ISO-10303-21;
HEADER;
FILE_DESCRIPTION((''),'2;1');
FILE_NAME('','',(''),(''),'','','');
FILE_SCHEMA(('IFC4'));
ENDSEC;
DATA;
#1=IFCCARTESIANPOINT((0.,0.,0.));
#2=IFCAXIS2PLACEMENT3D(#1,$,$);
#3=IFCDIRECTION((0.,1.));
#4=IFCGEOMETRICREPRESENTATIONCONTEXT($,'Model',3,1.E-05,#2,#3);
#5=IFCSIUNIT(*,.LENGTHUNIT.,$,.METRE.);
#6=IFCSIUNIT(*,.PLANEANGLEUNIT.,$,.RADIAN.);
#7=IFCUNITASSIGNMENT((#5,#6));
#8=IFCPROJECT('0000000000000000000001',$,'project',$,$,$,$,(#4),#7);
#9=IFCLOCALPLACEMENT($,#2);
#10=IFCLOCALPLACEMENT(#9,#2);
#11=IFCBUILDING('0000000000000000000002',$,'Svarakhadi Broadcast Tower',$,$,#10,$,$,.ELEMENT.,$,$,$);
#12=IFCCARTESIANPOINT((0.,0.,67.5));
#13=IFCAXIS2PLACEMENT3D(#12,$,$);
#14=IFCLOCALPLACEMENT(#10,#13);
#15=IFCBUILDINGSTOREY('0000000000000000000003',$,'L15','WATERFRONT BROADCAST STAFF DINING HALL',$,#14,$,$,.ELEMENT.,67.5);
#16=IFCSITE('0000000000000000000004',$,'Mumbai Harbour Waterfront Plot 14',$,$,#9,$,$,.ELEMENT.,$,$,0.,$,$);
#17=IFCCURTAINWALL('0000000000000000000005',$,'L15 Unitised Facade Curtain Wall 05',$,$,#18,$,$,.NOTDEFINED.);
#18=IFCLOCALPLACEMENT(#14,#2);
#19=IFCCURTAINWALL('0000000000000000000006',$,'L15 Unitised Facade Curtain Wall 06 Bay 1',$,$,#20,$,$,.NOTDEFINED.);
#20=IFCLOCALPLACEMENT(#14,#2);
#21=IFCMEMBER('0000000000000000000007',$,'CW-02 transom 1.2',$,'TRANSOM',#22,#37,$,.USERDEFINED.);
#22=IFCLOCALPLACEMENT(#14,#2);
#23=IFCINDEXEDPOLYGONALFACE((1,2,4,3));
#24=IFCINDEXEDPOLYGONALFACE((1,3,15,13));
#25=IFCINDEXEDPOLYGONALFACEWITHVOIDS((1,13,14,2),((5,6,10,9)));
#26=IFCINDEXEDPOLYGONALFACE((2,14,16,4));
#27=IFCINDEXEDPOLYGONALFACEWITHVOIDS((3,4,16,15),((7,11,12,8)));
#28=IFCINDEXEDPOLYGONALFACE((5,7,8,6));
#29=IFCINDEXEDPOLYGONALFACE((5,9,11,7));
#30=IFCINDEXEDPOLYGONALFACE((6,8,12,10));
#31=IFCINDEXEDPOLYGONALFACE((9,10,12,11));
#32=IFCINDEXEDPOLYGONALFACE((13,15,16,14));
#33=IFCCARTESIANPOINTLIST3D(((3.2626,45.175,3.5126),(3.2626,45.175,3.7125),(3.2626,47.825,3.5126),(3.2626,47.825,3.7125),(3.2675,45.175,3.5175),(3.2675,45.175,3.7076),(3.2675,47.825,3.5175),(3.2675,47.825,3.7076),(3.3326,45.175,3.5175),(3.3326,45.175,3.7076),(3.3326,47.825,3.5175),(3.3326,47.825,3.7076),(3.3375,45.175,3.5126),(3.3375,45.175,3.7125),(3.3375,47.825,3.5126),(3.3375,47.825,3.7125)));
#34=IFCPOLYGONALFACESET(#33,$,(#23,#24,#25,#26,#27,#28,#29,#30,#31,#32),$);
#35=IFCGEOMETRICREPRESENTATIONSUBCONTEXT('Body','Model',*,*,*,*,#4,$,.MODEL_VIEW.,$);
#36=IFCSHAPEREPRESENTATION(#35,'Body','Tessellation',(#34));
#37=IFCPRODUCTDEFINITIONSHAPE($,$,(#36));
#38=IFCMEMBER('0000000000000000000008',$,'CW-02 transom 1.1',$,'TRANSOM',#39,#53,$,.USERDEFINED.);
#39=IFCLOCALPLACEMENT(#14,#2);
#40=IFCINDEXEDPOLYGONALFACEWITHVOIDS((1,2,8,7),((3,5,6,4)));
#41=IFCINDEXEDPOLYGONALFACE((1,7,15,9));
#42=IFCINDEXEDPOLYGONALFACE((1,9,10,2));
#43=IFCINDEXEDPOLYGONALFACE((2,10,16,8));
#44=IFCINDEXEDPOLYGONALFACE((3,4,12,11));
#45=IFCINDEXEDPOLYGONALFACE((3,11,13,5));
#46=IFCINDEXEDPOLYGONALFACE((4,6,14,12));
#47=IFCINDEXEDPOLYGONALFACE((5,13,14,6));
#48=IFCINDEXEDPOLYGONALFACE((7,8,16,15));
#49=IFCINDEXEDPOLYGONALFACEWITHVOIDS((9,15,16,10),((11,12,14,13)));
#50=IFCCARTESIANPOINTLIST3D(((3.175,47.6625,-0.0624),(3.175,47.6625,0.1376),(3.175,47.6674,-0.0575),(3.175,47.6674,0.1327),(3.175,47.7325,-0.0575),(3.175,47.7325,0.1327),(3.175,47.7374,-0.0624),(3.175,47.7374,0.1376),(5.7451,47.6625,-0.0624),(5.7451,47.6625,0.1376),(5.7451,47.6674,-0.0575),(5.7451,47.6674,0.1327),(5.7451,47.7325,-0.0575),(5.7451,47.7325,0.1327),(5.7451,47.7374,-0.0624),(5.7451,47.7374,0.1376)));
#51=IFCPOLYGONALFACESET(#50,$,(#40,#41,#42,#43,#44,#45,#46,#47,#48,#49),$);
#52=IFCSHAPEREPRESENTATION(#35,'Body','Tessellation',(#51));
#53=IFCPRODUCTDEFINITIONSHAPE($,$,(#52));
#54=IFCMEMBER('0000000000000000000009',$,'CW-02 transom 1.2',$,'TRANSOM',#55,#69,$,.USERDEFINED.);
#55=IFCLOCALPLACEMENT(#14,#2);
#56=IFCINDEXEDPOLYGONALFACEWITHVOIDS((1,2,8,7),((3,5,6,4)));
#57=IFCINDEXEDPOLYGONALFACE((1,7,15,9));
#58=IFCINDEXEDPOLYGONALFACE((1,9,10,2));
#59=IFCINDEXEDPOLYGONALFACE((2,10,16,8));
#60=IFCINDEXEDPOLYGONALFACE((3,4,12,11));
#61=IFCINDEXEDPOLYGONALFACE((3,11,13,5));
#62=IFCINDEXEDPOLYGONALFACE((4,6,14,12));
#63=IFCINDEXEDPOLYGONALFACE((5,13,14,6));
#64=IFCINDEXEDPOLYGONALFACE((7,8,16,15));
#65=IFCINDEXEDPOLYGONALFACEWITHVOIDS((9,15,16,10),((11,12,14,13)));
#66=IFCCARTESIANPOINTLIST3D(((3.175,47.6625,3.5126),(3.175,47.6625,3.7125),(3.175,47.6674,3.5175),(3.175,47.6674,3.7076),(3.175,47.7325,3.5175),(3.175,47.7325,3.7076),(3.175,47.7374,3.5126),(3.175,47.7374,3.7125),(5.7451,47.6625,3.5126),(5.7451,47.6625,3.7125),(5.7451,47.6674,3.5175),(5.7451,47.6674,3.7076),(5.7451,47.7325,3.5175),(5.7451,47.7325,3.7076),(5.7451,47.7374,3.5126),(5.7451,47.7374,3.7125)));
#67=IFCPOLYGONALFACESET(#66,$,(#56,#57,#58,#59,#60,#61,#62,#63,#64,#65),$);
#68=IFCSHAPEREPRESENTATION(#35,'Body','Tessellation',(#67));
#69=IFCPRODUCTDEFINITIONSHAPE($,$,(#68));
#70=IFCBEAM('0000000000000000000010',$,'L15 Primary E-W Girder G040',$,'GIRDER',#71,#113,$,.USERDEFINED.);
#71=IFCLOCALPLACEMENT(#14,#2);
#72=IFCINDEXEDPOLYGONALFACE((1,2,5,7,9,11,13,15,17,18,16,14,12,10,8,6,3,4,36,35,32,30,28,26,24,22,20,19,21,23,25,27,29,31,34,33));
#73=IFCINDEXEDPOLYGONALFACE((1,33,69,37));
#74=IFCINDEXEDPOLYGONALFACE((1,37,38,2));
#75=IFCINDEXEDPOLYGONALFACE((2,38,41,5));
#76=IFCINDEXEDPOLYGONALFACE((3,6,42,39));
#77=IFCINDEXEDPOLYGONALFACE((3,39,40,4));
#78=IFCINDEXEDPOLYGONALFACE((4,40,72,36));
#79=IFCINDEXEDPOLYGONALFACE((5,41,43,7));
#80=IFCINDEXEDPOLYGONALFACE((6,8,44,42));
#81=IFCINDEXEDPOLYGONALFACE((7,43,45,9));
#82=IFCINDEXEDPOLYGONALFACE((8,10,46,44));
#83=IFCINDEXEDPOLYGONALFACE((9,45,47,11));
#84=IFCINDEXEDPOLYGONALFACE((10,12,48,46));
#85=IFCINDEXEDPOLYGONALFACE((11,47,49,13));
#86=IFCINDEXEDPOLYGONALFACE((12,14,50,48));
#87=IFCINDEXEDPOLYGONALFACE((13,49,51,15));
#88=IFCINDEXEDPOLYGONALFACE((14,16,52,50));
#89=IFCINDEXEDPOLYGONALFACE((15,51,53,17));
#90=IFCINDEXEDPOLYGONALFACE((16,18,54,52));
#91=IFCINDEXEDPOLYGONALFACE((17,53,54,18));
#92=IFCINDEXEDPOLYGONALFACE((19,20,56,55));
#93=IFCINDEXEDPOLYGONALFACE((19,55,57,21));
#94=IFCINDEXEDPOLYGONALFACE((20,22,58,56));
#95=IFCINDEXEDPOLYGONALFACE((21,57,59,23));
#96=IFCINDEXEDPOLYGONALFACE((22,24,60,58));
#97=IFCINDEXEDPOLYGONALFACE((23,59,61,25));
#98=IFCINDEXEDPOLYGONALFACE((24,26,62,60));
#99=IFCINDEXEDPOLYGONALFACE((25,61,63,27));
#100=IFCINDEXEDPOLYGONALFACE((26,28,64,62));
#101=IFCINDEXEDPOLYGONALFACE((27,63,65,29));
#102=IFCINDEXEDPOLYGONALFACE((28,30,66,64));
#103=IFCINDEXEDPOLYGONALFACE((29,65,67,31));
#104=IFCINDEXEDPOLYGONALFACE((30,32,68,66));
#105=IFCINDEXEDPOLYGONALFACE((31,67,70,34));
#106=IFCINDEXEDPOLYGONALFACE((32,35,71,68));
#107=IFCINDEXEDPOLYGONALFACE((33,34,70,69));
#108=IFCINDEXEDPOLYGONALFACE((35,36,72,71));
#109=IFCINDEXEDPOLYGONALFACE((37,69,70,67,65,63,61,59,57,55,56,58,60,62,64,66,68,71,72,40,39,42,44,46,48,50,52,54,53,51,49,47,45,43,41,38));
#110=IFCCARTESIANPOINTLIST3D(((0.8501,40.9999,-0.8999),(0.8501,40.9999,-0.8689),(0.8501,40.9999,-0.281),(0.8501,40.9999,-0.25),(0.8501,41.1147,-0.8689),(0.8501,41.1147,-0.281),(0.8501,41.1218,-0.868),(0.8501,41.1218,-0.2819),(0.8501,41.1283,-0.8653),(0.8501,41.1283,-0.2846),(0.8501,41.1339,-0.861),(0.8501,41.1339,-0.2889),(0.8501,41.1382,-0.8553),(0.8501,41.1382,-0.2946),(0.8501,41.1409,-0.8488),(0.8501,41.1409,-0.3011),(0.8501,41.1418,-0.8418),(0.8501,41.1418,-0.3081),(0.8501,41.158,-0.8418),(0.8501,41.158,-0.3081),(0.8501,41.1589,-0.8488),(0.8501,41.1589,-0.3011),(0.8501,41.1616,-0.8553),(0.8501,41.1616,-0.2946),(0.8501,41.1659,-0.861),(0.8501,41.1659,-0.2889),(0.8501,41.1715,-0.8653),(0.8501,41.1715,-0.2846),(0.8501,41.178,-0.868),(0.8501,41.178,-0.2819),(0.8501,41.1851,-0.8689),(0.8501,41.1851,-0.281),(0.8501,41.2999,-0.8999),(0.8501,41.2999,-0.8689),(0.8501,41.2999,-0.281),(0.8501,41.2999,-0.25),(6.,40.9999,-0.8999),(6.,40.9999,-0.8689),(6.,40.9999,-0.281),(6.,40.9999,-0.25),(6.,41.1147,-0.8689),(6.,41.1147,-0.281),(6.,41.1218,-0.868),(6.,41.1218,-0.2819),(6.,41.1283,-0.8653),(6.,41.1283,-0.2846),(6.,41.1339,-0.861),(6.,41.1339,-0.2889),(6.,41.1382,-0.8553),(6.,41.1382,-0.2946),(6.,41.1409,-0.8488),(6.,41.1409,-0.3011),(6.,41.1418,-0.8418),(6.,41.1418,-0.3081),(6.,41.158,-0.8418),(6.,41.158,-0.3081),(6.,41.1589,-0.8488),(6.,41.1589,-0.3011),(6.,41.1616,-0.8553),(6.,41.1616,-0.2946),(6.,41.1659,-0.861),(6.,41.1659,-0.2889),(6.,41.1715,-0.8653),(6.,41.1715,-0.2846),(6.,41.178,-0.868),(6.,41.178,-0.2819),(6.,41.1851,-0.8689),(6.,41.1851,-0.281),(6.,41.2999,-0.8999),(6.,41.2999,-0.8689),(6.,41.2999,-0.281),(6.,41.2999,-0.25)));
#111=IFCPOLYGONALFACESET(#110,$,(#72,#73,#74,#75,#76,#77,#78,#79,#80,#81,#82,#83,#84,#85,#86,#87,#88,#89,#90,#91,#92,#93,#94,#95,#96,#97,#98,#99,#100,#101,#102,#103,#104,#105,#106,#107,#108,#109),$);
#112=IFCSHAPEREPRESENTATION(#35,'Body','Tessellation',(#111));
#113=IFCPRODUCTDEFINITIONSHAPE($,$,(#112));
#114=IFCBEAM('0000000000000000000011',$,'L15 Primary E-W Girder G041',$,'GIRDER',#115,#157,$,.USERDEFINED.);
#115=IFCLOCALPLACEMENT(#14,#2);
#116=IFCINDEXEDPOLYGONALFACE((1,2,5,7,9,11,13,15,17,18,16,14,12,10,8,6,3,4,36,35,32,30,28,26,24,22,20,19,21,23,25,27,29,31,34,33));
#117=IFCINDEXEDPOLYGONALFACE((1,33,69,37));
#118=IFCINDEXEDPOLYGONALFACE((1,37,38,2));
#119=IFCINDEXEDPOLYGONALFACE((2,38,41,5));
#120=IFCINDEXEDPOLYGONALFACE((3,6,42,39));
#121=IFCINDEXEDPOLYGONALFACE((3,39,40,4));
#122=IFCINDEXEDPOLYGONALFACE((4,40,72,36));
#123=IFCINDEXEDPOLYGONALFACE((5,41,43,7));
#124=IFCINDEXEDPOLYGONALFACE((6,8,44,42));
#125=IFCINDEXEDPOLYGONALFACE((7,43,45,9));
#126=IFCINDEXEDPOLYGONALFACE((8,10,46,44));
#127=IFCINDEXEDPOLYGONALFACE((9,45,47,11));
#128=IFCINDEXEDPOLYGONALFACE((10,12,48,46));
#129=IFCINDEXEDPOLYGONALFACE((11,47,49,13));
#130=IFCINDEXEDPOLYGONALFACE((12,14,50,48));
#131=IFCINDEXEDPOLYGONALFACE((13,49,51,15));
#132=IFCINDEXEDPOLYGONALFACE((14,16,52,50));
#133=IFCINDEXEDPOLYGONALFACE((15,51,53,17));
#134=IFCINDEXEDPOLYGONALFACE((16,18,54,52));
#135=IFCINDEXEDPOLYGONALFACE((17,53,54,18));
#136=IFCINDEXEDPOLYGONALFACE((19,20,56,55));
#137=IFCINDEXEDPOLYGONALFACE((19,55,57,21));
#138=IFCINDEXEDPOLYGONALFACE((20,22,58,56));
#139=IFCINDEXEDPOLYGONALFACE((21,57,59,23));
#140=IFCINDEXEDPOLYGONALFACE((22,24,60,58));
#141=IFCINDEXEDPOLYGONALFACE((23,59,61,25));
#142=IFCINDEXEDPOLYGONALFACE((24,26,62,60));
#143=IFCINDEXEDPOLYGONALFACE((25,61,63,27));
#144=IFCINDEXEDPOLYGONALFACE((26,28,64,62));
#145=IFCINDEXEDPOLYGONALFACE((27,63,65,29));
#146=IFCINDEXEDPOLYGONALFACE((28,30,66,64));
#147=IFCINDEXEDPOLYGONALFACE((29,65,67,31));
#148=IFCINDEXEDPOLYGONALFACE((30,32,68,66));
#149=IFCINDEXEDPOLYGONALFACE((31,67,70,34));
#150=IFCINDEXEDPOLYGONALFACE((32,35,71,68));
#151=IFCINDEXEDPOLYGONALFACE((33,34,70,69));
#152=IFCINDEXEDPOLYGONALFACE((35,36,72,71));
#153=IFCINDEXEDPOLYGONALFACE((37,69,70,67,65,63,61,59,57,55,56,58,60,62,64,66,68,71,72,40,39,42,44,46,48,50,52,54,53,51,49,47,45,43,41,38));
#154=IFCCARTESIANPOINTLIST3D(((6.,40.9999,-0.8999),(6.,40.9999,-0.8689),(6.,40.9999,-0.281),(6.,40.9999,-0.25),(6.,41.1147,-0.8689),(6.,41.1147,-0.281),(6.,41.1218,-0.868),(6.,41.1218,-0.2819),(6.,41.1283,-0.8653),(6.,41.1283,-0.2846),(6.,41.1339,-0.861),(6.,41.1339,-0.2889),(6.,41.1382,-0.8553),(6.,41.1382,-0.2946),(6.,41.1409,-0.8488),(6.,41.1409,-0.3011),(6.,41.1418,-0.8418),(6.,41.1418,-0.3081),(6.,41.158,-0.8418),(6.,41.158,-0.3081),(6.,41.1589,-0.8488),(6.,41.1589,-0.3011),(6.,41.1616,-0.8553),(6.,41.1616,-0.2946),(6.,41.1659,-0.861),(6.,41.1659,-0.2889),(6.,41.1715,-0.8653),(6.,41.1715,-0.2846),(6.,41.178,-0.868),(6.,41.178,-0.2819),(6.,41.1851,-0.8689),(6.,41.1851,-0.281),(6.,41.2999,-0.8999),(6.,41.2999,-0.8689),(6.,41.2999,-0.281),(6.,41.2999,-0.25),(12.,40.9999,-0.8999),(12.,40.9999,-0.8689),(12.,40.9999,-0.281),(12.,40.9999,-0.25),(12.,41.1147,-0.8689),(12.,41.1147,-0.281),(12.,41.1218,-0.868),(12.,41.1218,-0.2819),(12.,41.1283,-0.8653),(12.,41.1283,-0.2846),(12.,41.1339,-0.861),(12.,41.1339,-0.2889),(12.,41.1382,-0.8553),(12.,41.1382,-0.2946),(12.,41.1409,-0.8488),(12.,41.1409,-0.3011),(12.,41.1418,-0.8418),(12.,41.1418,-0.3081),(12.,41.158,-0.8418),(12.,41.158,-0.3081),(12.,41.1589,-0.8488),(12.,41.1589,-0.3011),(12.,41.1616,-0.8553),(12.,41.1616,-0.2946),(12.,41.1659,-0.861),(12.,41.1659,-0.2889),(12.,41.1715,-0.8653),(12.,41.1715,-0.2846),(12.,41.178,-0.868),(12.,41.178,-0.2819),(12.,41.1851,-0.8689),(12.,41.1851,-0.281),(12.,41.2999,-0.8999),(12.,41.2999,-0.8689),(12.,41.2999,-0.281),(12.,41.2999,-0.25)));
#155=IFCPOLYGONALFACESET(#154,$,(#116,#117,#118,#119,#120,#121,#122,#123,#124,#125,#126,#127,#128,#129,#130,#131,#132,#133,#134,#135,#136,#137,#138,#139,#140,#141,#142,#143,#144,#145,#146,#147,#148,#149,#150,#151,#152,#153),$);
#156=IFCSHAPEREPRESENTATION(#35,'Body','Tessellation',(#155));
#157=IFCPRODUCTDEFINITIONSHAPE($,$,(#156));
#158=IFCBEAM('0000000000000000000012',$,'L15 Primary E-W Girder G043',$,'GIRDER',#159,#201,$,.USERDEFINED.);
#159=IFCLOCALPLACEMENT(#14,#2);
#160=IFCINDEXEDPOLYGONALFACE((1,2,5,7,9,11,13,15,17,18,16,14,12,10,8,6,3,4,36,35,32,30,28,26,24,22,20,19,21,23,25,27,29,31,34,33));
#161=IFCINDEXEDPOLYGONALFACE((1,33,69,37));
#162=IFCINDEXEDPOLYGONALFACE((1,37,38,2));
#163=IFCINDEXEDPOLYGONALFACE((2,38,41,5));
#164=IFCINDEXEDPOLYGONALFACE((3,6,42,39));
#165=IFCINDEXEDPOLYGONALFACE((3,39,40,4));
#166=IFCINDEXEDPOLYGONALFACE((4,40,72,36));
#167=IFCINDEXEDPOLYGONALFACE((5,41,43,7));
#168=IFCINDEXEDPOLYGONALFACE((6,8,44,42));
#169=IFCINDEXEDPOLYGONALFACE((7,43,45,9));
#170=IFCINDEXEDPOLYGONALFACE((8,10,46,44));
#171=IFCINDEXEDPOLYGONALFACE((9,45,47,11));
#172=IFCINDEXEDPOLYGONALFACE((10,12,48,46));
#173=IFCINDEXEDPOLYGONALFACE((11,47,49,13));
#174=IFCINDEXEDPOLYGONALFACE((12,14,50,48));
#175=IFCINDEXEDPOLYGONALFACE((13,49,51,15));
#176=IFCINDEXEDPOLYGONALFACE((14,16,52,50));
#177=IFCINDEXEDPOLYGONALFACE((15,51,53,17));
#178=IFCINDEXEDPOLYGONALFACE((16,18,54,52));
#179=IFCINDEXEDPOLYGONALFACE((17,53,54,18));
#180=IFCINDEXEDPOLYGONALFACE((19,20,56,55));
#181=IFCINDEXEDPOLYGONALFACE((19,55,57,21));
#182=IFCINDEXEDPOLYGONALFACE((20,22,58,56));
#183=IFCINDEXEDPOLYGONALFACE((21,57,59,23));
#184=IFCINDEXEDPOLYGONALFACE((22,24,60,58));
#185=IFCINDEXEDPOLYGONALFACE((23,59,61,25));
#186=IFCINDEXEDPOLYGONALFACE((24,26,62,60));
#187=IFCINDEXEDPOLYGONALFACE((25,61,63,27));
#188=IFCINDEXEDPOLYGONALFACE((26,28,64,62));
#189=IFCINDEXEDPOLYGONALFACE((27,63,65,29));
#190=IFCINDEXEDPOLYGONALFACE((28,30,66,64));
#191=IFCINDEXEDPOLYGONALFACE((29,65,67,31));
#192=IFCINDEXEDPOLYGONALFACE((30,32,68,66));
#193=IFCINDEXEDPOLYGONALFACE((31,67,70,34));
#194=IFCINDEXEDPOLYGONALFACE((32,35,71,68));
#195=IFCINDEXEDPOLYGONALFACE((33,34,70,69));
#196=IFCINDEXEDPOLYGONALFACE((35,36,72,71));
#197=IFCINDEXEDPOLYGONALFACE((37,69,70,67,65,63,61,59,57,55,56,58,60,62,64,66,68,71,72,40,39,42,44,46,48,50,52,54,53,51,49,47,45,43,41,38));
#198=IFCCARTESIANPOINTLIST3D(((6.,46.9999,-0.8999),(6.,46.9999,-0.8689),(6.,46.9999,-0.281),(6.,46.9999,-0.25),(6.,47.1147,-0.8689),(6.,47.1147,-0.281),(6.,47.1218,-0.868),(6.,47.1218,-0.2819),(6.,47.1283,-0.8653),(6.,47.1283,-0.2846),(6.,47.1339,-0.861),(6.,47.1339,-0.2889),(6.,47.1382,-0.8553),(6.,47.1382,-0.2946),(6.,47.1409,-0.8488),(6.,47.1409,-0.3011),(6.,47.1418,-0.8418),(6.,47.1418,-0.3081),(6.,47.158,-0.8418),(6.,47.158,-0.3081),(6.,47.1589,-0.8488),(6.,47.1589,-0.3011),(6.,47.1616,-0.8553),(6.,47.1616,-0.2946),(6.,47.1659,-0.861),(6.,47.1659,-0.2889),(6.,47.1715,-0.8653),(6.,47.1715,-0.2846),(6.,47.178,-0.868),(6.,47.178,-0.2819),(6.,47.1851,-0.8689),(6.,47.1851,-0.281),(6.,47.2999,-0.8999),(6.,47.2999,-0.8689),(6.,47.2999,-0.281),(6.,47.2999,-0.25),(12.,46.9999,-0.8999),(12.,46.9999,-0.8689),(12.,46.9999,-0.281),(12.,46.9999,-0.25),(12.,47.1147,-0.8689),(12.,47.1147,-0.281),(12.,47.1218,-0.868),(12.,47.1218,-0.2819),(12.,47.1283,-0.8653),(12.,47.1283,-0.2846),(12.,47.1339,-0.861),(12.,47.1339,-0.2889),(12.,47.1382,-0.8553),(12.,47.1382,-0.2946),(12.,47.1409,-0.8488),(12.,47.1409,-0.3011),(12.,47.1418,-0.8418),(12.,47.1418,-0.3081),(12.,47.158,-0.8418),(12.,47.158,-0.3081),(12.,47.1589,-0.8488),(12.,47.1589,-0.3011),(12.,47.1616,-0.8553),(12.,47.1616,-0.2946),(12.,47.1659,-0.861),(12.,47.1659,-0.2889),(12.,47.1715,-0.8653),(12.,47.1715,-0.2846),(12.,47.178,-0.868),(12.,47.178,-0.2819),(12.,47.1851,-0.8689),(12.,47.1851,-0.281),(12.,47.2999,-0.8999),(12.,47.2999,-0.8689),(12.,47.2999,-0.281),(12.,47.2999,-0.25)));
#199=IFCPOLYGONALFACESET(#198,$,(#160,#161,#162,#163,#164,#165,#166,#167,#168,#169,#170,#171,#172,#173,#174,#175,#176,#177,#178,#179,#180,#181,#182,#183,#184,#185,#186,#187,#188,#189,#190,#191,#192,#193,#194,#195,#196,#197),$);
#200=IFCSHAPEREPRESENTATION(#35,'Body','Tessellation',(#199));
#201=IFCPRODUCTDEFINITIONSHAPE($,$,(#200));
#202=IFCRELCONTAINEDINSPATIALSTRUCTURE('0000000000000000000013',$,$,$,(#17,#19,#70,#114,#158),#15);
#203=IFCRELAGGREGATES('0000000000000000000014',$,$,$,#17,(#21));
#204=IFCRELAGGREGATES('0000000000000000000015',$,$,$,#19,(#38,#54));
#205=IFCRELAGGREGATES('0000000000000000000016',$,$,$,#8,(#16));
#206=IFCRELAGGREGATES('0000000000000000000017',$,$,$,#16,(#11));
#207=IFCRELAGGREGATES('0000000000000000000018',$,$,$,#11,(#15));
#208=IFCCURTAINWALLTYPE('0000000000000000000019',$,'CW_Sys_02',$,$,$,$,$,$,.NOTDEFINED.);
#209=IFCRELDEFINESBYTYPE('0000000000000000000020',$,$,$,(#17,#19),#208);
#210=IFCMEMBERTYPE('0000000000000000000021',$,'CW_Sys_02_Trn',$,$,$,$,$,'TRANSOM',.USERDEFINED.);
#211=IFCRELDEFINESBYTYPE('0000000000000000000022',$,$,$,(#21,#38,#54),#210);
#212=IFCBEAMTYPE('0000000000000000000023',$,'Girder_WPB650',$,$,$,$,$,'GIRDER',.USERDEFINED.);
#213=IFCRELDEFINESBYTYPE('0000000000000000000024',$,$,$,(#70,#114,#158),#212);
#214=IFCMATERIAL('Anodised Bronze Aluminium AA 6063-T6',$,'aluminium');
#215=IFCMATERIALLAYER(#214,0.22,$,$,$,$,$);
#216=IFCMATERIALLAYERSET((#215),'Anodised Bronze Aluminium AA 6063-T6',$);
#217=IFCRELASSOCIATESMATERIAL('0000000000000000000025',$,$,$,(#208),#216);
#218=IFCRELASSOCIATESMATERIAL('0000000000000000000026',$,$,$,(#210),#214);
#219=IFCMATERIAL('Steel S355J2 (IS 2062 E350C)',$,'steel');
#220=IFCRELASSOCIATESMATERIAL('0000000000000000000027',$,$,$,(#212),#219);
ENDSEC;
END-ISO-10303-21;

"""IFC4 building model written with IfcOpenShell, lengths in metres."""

from ifc_helpers import new_model, si_unit, direction, frame, origin, origin_2d, place, context, subcontext, project, spatial, hollow_rectangle, i_section, extrude, material, layer, layer_set, material_profile, profile_set, type_object, element, aggregate, save


model = new_model("IFC4")

# Units and contexts
model_context = context("Model", 3, precision=1e-05, world=origin(), true_north=direction((0.0, 1.0)))
body_context = subcontext(model_context, "Body", "Model", "MODEL_VIEW")
ifc_project = project(units=[si_unit("LENGTHUNIT", "METRE"), si_unit("PLANEANGLEUNIT", "RADIAN")], contexts=[model_context])

# Site, building, storey
site_placement = place(None, origin())
site = spatial("IfcSite", under=ifc_project, at=site_placement, Name="Mumbai Harbour Waterfront Plot 14", CompositionType="ELEMENT", RefElevation=0.0)
building_placement = place(site_placement, origin())
building = spatial("IfcBuilding", under=site, at=building_placement, Name="Svarakhadi Broadcast Tower", CompositionType="ELEMENT")
storey_placement = place(building_placement, frame((0.0, 0.0, 67.5)))
storey = spatial("IfcBuildingStorey", under=building, at=storey_placement, Name="L15", Description="WATERFRONT BROADCAST STAFF DINING HALL", CompositionType="ELEMENT", Elevation=67.5)

# Shared definitions
ifc_material_1 = material(Name="Steel S355J2 (IS 2062 E350C)", Category="steel")

# Curtain walls
ifc_material_2 = material(Name="Anodised Bronze Aluminium AA 6063-T6", Category="aluminium")
ifc_layer_1 = layer(ifc_material_2, 0.22)
ifc_layer_set_1 = layer_set([ifc_layer_1], Name="Anodised Bronze Aluminium AA 6063-T6")
curtain_wall_type = type_object("IfcCurtainWallType", Name="CW_Sys_02", PredefinedType="NOTDEFINED", material=ifc_layer_set_1)
curtain_wall_1_placement = place(storey_placement, origin())
curtain_wall_1 = element("IfcCurtainWall", 1, at=curtain_wall_1_placement, inside=storey, type_object=curtain_wall_type, Name="L15 Unitised Facade Curtain Wall 05", PredefinedType="NOTDEFINED")
curtain_wall_2_placement = place(storey_placement, origin())
curtain_wall_2 = element("IfcCurtainWall", 2, at=curtain_wall_2_placement, inside=storey, type_object=curtain_wall_type, Name="L15 Unitised Facade Curtain Wall 06 Bay 1", PredefinedType="NOTDEFINED")

# Members
ifc_material_profile_1 = material_profile(ifc_material_2, hollow_rectangle(XDim=0.075, YDim=0.2, WallThickness=0.0049, at=origin_2d()), Name="ALU TRANSOM 200x75x5")
ifc_profile_set_1 = profile_set([ifc_material_profile_1], Name="Anodised Bronze Aluminium AA 6063-T6")
member_type_1 = type_object("IfcMemberType", Name="CW_Sys_02_Trn", ElementType="TRANSOM", PredefinedType="USERDEFINED", material=ifc_profile_set_1)
member_1_placement = place(storey_placement, frame((3.3, 45.175, 3.6125), z_axis=(0.0, 1.0, 0.0), x_axis=(-1.0, 0.0, 0.0)))
member_1 = element("IfcMember", 3, at=member_1_placement, type_object=member_type_1, Name="CW-02 transom 1.2", ObjectType="TRANSOM", PredefinedType="USERDEFINED", context=body_context, shape_type="SweptSolid", body=[
    extrude(hollow_rectangle(XDim=0.075, YDim=0.2, WallThickness=0.0049, at=origin_2d()), origin(), (0.0, 0.0, 1.0), 2.6499),
])
member_2_placement = place(storey_placement, frame((3.175, 47.7, 0.0376), z_axis=(1.0, 0.0, 0.0), x_axis=(0.0, 1.0, 0.0)))
member_2 = element("IfcMember", 4, at=member_2_placement, type_object=member_type_1, Name="CW-02 transom 1.1", ObjectType="TRANSOM", PredefinedType="USERDEFINED", context=body_context, shape_type="SweptSolid", body=[
    extrude(hollow_rectangle(XDim=0.075, YDim=0.2, WallThickness=0.0049, at=origin_2d()), origin(), (0.0, 0.0, 1.0), 2.5701),
])
member_3_placement = place(storey_placement, frame((3.175, 47.7, 3.6125), z_axis=(1.0, 0.0, 0.0), x_axis=(0.0, 1.0, 0.0)))
member_3 = element("IfcMember", 5, at=member_3_placement, type_object=member_type_1, Name="CW-02 transom 1.2", ObjectType="TRANSOM", PredefinedType="USERDEFINED", context=body_context, shape_type="SweptSolid", body=[
    extrude(hollow_rectangle(XDim=0.075, YDim=0.2, WallThickness=0.0049, at=origin_2d()), origin(), (0.0, 0.0, 1.0), 2.5701),
])

# Beams
ifc_material_profile_2 = material_profile(ifc_material_1, i_section(OverallWidth=0.3, OverallDepth=0.6499, WebThickness=0.0161, FlangeThickness=0.031, FilletRadius=0.0271, at=origin_2d()), Name="WPB 650x300x225")
ifc_profile_set_2 = profile_set([ifc_material_profile_2], Name="Steel S355J2 (IS 2062 E350C)")
beam_type_1 = type_object("IfcBeamType", Name="Girder_WPB650", ElementType="GIRDER", PredefinedType="USERDEFINED", material=ifc_profile_set_2)
beam_1_placement = place(storey_placement, frame((0.8501, 41.1499, -0.575), z_axis=(1.0, 0.0, 0.0), x_axis=(0.0, 1.0, 0.0)))
element("IfcBeam", 6, at=beam_1_placement, inside=storey, type_object=beam_type_1, Name="L15 Primary E-W Girder G040", ObjectType="GIRDER", PredefinedType="USERDEFINED", context=body_context, shape_type="SweptSolid", body=[
    extrude(i_section(OverallWidth=0.3, OverallDepth=0.6499, WebThickness=0.0161, FlangeThickness=0.031, FilletRadius=0.0271, at=origin_2d()), origin(), (0.0, 0.0, 1.0), 5.1499),
])
for number, where, z_axis, x_axis, name in (
    (7, (6.0, 41.1499, -0.575), (1.0, 0.0, 0.0), (0.0, 1.0, 0.0), "L15 Primary E-W Girder G041"),
    (8, (6.0, 47.1499, -0.575), (1.0, 0.0, 0.0), (0.0, 1.0, 0.0), "L15 Primary E-W Girder G043"),
):
    element("IfcBeam", number, at=place(storey_placement, frame(where, z_axis=z_axis, x_axis=x_axis)), inside=storey, type_object=beam_type_1, Name=name, ObjectType="GIRDER", PredefinedType="USERDEFINED", context=body_context, shape_type="SweptSolid", body=[
        extrude(i_section(OverallWidth=0.3, OverallDepth=0.6499, WebThickness=0.0161, FlangeThickness=0.031, FilletRadius=0.0271, at=origin_2d()), origin(), (0.0, 0.0, 1.0), 6.0),
    ])

aggregate(curtain_wall_1, [member_1])
aggregate(curtain_wall_2, [member_2, member_3])

save(model, "model.ifc")
